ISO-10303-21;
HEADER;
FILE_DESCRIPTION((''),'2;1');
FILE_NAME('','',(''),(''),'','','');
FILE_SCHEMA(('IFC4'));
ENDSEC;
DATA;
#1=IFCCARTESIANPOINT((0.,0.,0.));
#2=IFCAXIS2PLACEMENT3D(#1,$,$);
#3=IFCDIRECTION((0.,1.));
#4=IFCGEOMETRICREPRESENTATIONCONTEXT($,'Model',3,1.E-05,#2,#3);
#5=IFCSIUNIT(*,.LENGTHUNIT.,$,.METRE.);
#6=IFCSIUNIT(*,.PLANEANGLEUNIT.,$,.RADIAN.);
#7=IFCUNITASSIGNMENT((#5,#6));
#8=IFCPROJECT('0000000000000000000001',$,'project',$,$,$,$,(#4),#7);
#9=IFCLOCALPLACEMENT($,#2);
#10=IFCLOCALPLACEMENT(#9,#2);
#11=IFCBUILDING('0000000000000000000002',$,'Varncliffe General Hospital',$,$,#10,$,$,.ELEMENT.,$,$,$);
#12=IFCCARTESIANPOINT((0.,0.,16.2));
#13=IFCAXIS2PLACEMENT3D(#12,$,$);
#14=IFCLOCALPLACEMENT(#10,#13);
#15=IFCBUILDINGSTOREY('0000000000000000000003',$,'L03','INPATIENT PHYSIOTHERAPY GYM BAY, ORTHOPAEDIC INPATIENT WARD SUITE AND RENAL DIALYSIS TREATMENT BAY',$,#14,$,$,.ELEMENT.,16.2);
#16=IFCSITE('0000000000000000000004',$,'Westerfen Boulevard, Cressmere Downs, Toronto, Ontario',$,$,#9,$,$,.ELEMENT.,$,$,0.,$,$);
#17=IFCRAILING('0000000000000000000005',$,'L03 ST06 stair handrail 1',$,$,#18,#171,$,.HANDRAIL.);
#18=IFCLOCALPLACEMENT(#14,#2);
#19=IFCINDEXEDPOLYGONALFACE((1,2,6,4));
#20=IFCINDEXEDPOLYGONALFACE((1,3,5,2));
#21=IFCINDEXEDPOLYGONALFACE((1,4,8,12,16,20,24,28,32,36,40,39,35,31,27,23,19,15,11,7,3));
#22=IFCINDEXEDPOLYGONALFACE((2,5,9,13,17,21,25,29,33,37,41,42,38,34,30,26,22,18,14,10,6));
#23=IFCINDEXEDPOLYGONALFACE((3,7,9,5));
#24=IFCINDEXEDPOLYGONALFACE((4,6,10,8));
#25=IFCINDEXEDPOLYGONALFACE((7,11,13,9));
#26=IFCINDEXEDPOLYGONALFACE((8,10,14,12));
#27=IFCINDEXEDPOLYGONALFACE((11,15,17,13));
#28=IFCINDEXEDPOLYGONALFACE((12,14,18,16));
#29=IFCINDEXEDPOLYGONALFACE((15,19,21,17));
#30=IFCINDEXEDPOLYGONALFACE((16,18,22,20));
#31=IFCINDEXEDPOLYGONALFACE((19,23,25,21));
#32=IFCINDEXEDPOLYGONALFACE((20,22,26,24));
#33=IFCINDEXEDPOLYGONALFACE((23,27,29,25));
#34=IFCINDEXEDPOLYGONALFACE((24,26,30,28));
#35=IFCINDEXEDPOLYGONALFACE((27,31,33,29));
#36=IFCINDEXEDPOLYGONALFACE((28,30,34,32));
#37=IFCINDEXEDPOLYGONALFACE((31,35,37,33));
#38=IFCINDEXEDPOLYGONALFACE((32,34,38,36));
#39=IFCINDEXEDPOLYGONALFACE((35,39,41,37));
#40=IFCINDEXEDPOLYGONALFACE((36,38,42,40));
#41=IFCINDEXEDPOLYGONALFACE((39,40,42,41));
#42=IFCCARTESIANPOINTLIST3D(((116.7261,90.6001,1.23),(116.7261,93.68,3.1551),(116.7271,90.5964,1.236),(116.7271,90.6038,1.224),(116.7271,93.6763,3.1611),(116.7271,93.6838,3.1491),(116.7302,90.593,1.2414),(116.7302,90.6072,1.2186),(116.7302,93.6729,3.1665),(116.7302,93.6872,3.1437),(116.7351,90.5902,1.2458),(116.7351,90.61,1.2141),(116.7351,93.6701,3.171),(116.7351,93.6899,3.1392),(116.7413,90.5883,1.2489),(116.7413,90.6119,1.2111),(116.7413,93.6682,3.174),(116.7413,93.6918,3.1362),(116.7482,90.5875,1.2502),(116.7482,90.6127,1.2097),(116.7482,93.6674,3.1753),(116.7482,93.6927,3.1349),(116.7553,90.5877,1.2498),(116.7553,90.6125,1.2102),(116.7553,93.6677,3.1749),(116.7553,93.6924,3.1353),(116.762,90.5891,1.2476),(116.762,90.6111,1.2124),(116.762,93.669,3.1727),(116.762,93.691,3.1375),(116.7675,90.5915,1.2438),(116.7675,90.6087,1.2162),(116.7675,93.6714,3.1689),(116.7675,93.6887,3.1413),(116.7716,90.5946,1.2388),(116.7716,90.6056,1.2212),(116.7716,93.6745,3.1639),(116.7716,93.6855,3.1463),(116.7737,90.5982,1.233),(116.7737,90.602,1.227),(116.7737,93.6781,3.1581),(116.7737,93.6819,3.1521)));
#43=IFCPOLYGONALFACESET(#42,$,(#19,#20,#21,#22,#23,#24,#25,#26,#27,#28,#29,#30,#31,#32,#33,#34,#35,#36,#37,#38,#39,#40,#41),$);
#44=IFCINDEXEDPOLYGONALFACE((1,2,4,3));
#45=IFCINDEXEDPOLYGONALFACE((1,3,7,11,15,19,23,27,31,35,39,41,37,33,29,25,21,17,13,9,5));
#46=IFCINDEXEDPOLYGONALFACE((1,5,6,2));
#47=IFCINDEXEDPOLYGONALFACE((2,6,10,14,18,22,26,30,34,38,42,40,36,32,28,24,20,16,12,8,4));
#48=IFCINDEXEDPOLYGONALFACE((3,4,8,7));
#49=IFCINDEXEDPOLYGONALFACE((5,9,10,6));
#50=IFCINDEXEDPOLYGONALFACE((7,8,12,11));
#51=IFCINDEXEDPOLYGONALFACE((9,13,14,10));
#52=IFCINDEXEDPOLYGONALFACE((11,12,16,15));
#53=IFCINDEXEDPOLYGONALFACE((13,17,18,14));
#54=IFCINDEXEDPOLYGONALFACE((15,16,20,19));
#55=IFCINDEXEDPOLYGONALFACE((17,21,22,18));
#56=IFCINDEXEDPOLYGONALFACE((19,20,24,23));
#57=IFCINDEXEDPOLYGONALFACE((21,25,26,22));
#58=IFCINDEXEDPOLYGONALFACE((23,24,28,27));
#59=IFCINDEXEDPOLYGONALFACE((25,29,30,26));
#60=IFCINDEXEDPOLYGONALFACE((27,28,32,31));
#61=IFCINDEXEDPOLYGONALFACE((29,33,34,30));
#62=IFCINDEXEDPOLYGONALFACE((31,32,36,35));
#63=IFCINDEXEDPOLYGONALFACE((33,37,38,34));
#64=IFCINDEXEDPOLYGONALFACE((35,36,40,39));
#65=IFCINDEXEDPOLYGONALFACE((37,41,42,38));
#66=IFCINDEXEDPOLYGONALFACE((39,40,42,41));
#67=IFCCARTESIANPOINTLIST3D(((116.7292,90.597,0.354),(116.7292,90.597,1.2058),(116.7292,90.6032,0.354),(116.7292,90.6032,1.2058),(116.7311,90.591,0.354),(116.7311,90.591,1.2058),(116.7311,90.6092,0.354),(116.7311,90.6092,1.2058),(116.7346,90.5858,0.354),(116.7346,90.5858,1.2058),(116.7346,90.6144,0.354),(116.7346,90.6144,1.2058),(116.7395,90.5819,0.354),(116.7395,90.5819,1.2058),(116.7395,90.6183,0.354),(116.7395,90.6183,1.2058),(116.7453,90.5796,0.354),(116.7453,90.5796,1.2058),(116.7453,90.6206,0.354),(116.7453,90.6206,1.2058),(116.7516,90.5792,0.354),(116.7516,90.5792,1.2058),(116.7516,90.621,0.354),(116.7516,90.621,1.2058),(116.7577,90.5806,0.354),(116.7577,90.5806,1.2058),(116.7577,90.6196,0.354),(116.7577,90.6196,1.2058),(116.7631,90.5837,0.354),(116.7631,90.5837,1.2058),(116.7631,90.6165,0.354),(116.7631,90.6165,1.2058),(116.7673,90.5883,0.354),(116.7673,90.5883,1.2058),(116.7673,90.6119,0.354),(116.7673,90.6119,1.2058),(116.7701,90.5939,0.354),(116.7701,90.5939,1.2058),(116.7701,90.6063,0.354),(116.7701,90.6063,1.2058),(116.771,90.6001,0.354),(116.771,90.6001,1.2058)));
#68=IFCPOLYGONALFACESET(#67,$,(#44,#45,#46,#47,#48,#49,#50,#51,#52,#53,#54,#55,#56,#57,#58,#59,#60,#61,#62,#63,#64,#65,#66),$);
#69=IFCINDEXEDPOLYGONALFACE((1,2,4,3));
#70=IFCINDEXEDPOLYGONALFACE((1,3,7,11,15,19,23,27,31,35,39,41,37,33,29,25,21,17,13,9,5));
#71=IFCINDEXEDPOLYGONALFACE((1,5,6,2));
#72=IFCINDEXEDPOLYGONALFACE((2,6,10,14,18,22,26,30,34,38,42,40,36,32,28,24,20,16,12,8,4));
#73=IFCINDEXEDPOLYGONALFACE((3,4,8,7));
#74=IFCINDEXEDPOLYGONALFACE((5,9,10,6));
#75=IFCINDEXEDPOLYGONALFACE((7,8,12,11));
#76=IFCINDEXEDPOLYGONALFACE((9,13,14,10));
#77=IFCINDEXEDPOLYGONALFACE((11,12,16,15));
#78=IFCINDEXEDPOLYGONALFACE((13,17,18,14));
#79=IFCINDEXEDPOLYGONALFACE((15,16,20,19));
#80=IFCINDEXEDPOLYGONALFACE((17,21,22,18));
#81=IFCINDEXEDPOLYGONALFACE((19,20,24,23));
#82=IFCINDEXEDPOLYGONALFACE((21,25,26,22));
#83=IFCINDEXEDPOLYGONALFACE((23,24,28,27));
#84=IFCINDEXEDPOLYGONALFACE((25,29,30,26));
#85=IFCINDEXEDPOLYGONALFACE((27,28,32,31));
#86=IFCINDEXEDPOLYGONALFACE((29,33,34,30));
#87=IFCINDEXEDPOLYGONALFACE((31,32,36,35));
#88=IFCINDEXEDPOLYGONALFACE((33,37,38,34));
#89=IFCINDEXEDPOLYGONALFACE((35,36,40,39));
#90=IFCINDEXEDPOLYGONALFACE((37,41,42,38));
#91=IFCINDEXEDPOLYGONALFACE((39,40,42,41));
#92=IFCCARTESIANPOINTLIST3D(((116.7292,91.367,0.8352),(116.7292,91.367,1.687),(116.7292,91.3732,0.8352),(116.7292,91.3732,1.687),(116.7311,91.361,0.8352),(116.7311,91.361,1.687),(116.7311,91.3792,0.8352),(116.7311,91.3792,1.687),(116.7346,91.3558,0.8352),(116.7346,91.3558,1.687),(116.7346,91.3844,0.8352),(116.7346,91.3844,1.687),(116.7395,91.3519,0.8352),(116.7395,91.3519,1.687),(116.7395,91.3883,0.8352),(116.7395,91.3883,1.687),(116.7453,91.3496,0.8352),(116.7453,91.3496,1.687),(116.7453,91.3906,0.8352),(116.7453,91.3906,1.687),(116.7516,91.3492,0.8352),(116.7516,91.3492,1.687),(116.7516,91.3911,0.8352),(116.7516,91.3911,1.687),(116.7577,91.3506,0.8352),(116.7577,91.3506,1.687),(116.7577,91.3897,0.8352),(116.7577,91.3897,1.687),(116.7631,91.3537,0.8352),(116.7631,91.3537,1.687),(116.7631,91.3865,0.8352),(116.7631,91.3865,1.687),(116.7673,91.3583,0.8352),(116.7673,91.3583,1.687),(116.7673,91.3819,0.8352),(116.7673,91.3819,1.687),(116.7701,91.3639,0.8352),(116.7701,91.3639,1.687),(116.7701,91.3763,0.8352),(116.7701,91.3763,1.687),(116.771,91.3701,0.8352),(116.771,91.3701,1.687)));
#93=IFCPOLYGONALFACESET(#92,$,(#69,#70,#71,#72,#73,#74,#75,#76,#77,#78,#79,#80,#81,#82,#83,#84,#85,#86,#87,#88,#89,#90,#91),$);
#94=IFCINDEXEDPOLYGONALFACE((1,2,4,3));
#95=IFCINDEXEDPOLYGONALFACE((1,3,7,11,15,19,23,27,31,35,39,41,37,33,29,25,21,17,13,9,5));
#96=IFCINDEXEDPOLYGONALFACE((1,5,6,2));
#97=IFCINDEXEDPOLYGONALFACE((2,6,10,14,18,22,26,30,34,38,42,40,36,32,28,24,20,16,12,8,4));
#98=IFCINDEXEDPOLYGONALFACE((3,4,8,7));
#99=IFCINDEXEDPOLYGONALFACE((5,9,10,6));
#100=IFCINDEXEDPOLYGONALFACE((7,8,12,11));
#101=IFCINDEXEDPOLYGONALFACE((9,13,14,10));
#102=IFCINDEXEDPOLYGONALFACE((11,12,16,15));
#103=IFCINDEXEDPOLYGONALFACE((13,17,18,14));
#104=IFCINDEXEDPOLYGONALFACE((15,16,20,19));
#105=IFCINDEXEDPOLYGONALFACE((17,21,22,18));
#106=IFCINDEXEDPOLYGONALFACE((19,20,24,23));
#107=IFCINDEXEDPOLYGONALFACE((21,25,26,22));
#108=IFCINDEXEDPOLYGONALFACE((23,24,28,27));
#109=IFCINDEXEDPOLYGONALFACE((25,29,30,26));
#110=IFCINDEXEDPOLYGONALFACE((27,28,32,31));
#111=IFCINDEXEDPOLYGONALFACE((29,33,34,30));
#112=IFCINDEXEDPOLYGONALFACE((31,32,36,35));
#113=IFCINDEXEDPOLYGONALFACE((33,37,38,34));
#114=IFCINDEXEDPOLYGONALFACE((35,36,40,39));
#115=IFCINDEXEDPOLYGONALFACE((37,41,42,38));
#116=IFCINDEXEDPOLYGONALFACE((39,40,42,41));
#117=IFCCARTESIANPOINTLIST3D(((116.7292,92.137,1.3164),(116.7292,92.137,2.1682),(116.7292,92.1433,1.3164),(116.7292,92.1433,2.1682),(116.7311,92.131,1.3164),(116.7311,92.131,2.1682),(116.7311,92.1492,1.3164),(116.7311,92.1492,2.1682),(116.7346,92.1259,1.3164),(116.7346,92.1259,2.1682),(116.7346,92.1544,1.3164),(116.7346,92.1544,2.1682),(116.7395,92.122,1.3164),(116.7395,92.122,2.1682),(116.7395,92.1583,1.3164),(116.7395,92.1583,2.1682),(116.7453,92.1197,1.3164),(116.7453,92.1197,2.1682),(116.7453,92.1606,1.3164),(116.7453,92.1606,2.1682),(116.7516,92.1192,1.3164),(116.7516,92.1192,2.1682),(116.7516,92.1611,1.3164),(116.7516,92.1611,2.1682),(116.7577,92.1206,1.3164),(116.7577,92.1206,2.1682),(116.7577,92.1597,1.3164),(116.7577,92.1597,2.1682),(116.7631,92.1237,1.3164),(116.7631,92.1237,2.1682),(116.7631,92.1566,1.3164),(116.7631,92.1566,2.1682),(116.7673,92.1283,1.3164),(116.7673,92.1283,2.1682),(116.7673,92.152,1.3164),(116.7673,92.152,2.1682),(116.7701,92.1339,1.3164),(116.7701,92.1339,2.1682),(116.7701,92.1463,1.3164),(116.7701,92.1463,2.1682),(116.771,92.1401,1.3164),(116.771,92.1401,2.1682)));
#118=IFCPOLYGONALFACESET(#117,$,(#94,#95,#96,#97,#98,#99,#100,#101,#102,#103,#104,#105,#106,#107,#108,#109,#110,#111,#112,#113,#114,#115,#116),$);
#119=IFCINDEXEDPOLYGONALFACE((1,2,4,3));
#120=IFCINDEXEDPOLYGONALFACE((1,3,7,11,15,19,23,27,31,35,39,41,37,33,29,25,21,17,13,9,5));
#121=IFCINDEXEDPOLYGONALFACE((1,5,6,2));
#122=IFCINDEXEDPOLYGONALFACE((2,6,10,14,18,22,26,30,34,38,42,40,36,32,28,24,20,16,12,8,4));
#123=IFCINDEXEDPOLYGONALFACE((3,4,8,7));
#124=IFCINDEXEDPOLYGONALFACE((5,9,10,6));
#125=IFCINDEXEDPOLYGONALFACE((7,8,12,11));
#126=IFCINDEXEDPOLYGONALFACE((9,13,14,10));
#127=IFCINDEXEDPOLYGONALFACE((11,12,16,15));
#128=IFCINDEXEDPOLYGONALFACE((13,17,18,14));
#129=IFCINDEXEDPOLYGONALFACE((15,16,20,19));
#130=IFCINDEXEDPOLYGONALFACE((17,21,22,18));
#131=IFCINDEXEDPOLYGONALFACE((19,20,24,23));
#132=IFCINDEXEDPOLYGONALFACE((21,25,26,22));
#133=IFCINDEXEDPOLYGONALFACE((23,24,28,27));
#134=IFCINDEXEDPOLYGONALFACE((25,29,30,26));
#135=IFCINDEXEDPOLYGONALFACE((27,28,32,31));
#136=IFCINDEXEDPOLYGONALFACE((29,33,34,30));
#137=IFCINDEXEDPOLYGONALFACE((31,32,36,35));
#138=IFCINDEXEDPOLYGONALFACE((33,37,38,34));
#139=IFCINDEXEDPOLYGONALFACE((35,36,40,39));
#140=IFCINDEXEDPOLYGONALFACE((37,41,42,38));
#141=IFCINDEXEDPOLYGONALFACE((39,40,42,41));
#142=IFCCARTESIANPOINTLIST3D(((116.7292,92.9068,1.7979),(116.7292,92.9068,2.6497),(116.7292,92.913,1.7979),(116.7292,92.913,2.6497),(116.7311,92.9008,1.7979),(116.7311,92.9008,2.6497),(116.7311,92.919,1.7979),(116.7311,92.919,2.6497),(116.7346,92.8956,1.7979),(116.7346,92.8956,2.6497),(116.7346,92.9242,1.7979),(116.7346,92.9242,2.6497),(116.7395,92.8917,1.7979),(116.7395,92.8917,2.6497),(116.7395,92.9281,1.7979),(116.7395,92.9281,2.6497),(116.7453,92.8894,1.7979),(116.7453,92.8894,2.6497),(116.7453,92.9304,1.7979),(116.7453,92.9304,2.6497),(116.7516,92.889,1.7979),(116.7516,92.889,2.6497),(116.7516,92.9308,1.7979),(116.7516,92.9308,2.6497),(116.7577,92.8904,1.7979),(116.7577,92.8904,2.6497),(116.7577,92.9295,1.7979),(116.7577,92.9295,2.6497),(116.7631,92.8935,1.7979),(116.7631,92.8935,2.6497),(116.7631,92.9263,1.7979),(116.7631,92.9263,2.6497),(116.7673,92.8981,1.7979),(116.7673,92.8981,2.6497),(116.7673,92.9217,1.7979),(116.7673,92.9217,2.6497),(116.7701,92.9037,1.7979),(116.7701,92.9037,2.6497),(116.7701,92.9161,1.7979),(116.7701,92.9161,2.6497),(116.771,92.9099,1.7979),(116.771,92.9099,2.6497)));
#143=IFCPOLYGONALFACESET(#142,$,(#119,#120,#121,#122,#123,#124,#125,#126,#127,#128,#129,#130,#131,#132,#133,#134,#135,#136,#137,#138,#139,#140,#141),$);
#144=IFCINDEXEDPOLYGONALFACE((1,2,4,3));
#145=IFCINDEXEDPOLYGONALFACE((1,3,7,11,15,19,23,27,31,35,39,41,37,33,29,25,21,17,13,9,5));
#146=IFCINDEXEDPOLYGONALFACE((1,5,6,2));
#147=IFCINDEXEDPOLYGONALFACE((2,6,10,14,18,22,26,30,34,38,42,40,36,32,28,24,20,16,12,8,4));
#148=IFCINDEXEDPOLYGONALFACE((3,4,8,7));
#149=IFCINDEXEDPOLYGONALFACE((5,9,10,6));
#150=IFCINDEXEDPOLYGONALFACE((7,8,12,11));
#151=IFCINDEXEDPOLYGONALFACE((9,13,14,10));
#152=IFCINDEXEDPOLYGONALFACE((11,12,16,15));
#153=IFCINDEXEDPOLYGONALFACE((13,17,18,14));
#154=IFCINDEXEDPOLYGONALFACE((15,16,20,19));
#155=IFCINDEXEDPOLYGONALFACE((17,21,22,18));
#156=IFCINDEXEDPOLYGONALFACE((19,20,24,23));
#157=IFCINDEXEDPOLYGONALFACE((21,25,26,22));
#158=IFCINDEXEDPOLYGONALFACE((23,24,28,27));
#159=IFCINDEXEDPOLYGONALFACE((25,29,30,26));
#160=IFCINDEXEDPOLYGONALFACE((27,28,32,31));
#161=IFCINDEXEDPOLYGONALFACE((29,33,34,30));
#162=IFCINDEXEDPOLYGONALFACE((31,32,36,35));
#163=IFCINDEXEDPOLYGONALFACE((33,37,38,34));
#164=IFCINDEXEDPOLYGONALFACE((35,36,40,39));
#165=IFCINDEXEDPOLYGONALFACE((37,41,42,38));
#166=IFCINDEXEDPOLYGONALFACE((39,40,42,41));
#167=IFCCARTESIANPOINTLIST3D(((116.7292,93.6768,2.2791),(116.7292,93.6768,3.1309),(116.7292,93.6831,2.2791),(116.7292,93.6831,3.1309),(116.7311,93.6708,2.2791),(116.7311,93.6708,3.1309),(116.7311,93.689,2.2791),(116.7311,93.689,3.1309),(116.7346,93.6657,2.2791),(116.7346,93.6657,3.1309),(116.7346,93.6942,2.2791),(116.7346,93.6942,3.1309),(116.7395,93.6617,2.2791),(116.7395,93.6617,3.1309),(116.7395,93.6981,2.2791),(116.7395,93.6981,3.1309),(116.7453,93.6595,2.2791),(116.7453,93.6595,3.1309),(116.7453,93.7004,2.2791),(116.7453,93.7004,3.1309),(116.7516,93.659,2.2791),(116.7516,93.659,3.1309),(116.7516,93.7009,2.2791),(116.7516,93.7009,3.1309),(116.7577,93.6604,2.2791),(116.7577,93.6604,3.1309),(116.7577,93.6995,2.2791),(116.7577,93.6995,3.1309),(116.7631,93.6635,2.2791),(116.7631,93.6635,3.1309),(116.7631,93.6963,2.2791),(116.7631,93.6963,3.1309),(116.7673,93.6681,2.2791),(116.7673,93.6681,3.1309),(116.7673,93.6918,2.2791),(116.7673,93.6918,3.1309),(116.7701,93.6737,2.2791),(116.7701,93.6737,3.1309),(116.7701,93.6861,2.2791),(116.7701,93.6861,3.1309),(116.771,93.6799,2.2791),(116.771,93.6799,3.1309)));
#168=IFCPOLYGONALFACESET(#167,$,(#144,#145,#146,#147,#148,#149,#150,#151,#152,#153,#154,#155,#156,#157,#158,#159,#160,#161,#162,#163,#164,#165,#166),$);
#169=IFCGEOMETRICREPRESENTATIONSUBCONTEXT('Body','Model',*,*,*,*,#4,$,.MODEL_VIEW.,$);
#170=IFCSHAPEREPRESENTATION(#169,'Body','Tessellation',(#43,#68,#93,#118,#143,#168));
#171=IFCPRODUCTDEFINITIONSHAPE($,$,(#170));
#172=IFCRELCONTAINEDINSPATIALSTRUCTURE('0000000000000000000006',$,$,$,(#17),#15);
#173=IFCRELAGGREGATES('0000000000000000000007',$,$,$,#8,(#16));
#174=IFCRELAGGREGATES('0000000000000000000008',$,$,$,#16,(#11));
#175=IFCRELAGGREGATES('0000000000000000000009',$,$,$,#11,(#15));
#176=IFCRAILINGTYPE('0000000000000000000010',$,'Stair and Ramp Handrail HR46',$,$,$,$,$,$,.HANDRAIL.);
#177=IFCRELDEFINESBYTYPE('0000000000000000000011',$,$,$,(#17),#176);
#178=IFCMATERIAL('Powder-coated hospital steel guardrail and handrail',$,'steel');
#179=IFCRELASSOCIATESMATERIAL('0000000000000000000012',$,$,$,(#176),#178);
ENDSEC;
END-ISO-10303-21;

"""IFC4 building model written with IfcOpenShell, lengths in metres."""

from ifc_helpers import new_model, si_unit, direction, frame, origin, origin_2d, place, context, subcontext, project, spatial, circle, extrude, material, type_object, element, save


model = new_model("IFC4")

# Units and contexts
model_context = context("Model", 3, precision=1e-05, world=origin(), true_north=direction((0.0, 1.0)))
body_context = subcontext(model_context, "Body", "Model", "MODEL_VIEW")
ifc_project = project(units=[si_unit("LENGTHUNIT", "METRE"), si_unit("PLANEANGLEUNIT", "RADIAN")], contexts=[model_context])

# Site, building, storey
site_placement = place(None, origin())
site = spatial("IfcSite", under=ifc_project, at=site_placement, Name="Westerfen Boulevard, Cressmere Downs, Toronto, Ontario", CompositionType="ELEMENT", RefElevation=0.0)
building_placement = place(site_placement, origin())
building = spatial("IfcBuilding", under=site, at=building_placement, Name="Varncliffe General Hospital", CompositionType="ELEMENT")
storey_placement = place(building_placement, frame((0.0, 0.0, 16.2)))
storey = spatial("IfcBuildingStorey", under=building, at=storey_placement, Name="L03", Description="INPATIENT PHYSIOTHERAPY GYM BAY, ORTHOPAEDIC INPATIENT WARD SUITE AND RENAL DIALYSIS TREATMENT BAY", CompositionType="ELEMENT", Elevation=16.2)

# Railing
ifc_material_1 = material(Name="Powder-coated hospital steel guardrail and handrail", Category="steel")
railing_type_1 = type_object("IfcRailingType", Name="Stair and Ramp Handrail HR46", PredefinedType="HANDRAIL", material=ifc_material_1)
railing_1_placement = place(storey_placement, frame((116.75, 90.6001, 0.354)))
element("IfcRailing", 1, at=railing_1_placement, inside=storey, type_object=railing_type_1, Name="L03 ST06 stair handrail 1", PredefinedType="HANDRAIL", context=body_context, shape_type="SweptSolid", body=[
    extrude(circle(Radius=0.0239, at=origin_2d()), frame((0.0, 0.0, 0.876), z_axis=(0.0, 0.847979, 0.530029), x_axis=(-1.0, 0.0, 0.0)), (0.0, 0.0, 1.0), 3.6321),
    extrude(circle(Radius=0.021, at=origin_2d()), origin(), (0.0, 0.0, 1.0), 0.8518),
    extrude(circle(Radius=0.021, at=origin_2d()), frame((0.0, 0.77, 0.4812)), (0.0, 0.0, 1.0), 0.8518),
    extrude(circle(Radius=0.021, at=origin_2d()), frame((0.0, 1.54, 0.9624)), (0.0, 0.0, 1.0), 0.8518),
    extrude(circle(Radius=0.021, at=origin_2d()), frame((0.0, 2.3098, 1.4438)), (0.0, 0.0, 1.0), 0.8518),
    extrude(circle(Radius=0.021, at=origin_2d()), frame((0.0, 3.0798, 1.925)), (0.0, 0.0, 1.0), 0.8518),
])

save(model, "model.ifc")
